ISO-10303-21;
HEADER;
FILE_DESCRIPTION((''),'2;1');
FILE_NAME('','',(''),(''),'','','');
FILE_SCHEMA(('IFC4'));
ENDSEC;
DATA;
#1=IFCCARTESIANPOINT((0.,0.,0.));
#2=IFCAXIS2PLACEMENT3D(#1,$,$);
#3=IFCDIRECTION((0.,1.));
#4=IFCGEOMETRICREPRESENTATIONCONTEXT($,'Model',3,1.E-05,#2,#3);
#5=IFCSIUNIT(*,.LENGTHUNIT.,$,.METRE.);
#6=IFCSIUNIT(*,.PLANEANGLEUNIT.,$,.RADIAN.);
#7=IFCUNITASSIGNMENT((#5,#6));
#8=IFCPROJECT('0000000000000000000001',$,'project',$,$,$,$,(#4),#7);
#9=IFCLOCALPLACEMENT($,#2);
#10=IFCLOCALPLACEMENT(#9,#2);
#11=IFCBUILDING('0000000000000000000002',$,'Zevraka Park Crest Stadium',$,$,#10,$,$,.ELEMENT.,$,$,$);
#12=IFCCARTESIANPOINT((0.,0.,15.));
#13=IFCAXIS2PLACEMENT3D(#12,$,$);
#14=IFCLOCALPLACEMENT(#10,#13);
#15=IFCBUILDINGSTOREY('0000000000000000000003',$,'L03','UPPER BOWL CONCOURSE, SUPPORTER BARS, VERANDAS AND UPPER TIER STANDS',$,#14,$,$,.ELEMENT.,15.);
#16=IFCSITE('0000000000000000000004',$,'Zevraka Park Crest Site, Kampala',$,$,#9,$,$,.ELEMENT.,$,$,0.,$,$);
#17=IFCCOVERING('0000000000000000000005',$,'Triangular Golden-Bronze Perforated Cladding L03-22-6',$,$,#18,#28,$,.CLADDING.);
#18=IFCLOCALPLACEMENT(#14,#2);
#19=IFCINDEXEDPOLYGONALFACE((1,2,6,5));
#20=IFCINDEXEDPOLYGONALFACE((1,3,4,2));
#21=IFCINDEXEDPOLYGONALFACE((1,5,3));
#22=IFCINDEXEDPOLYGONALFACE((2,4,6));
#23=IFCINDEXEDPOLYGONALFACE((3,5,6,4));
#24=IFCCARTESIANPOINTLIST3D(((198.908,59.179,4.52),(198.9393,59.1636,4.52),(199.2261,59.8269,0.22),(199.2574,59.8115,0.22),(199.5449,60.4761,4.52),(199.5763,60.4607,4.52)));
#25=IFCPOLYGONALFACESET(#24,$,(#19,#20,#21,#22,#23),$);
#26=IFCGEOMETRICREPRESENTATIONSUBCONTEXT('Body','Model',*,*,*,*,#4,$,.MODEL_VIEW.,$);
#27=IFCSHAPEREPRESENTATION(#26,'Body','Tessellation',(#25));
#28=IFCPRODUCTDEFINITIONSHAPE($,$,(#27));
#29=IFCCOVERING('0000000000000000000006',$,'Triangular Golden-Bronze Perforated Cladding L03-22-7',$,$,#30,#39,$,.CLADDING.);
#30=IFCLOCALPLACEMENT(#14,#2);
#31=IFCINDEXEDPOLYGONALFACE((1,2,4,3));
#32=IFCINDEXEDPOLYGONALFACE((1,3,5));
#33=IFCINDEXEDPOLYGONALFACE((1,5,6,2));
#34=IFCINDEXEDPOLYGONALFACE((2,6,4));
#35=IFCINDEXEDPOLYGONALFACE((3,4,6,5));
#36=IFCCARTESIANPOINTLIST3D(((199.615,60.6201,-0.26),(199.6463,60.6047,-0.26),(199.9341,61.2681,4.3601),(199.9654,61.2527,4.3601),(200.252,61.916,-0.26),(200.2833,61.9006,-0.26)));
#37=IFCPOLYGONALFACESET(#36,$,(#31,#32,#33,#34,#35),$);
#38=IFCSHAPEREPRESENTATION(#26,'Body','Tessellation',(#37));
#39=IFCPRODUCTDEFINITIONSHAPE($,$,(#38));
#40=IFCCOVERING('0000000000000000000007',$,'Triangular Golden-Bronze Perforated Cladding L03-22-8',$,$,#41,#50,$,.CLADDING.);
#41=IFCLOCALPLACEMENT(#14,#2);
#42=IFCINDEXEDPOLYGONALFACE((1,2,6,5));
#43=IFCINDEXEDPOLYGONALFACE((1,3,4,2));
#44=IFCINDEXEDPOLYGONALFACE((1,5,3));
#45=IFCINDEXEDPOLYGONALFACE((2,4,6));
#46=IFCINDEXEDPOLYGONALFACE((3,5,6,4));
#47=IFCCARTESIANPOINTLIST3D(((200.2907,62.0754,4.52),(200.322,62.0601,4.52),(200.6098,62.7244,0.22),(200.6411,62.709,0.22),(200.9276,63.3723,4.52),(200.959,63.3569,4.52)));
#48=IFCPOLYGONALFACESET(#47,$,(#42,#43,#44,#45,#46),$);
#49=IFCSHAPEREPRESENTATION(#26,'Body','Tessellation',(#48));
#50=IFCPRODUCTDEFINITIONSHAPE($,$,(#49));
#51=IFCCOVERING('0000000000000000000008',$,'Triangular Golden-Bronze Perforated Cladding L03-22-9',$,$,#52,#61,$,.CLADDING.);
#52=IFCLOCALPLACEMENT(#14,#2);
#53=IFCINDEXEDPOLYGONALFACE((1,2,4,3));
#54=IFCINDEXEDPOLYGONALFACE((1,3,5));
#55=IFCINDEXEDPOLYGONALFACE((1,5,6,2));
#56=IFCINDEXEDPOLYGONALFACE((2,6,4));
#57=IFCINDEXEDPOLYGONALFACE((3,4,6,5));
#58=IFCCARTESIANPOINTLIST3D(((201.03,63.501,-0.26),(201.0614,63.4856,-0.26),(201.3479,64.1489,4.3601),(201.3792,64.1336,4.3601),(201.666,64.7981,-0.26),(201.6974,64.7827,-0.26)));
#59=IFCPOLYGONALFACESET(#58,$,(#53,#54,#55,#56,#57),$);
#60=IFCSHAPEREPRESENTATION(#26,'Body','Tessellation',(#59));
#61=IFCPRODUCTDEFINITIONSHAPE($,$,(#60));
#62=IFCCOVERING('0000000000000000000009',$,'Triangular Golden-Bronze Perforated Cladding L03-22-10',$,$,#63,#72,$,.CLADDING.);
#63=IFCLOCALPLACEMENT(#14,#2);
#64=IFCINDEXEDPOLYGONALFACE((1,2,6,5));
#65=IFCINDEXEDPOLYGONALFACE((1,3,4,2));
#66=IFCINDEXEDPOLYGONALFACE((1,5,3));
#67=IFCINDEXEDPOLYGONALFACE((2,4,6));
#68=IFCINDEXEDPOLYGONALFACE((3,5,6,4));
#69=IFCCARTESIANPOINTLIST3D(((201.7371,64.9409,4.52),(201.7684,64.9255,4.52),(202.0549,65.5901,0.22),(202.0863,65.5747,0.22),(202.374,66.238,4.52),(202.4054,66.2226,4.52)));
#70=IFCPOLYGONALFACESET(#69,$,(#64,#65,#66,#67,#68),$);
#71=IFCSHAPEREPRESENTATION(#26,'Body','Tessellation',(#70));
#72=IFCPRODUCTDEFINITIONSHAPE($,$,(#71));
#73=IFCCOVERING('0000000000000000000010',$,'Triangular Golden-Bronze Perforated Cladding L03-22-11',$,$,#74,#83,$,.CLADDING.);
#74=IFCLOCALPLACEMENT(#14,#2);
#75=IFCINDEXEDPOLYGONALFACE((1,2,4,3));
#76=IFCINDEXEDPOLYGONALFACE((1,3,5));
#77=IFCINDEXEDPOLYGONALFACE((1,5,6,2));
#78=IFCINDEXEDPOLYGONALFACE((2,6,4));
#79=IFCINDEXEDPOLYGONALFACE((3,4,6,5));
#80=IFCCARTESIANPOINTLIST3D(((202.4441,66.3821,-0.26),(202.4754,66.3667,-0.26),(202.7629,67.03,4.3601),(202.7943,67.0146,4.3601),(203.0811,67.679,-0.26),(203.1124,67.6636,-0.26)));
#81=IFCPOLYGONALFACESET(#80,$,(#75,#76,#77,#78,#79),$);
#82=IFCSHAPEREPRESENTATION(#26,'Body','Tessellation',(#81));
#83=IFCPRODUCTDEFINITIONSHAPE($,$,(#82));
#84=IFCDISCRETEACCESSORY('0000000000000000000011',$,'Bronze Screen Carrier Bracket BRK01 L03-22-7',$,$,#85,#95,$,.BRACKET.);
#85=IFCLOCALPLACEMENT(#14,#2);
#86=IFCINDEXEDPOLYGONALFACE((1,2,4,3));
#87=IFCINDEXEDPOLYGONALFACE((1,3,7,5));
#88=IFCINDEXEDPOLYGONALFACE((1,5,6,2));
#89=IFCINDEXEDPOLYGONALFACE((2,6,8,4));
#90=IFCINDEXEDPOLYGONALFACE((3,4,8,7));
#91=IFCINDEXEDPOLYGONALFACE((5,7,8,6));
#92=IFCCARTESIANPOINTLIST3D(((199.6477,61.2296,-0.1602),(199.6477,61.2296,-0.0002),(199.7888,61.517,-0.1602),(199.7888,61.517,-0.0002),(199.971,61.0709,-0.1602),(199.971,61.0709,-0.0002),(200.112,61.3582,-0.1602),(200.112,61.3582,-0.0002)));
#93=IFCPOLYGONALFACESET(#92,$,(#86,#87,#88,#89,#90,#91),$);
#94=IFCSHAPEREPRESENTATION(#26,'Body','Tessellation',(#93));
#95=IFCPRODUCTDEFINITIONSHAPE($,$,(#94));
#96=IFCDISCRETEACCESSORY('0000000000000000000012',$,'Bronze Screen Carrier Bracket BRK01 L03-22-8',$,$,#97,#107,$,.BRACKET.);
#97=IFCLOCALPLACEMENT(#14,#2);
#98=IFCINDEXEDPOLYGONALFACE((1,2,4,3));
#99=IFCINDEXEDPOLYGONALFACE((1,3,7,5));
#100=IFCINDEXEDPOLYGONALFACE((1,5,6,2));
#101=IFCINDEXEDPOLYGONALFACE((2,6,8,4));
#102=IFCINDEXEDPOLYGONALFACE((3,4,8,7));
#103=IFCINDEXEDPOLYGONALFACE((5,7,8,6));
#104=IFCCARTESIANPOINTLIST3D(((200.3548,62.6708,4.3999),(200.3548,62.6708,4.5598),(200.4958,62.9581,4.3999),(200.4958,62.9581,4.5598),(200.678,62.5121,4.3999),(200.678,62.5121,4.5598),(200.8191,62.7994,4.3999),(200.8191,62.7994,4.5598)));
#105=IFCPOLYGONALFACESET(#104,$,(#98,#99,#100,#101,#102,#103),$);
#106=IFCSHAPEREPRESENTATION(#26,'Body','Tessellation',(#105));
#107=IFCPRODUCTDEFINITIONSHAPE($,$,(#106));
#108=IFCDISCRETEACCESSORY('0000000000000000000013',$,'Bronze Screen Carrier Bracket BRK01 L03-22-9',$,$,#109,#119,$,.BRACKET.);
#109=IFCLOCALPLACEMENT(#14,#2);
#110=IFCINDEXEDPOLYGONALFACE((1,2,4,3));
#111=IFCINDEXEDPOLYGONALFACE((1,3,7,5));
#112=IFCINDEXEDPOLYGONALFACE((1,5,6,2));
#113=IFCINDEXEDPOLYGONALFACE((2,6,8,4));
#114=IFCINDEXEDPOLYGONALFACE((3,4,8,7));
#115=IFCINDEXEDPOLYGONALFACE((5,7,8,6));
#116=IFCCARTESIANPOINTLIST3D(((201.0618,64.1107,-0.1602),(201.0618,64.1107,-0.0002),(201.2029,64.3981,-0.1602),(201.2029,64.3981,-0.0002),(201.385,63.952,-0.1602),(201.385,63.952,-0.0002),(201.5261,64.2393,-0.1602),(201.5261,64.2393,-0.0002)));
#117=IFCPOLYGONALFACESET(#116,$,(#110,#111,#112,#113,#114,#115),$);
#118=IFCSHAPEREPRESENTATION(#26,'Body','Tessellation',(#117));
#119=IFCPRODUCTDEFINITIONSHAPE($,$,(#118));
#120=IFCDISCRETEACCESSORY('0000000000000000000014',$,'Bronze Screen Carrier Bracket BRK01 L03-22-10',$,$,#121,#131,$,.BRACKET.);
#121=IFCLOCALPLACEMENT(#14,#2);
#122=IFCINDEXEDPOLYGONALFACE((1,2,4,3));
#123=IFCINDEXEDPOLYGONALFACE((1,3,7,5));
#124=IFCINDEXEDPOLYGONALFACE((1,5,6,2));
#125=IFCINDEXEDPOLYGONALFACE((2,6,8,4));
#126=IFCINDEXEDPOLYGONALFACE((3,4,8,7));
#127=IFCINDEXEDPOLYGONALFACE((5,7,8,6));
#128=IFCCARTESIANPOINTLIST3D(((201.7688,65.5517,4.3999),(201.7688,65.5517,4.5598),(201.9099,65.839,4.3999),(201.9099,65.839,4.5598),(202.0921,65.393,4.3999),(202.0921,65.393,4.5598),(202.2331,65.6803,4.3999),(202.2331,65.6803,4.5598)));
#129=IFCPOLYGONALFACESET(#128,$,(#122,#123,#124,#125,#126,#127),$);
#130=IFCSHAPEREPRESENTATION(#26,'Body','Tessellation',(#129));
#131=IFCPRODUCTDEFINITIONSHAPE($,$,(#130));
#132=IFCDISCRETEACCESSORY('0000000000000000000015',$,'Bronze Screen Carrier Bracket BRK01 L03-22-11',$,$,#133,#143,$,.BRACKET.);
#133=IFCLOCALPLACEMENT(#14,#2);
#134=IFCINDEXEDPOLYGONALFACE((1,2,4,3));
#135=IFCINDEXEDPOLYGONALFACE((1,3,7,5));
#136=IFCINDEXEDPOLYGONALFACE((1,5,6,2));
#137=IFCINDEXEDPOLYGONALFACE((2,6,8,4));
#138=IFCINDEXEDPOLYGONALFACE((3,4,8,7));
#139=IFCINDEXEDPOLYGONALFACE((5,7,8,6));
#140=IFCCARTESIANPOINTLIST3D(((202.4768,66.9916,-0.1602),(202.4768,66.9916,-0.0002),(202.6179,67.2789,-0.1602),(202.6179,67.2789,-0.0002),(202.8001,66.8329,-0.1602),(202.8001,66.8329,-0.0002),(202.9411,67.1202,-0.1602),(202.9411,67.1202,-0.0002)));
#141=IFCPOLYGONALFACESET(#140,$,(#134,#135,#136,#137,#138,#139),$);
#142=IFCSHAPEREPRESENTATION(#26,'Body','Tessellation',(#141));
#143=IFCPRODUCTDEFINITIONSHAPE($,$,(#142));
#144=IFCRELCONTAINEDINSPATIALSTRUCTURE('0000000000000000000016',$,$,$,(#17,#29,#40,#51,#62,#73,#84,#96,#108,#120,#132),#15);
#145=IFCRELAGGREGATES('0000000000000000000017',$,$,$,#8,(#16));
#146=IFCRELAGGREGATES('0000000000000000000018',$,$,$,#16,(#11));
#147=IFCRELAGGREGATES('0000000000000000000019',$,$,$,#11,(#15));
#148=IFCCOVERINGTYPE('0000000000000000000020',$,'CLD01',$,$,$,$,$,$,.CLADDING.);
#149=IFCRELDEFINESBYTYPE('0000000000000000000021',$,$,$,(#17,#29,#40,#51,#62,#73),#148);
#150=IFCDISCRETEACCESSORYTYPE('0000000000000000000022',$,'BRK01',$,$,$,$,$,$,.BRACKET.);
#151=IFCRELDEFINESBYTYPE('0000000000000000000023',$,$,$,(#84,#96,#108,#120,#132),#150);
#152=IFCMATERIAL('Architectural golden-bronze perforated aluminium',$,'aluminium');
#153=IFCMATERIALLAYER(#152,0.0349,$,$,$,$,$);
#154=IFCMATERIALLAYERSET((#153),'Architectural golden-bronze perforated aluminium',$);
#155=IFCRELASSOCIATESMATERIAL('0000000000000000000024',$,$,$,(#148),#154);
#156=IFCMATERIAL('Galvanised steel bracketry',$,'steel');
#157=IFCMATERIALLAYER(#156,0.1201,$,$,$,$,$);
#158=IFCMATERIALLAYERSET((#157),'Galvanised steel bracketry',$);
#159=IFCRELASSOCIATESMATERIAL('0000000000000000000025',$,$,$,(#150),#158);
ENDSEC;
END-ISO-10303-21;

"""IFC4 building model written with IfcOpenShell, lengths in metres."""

from ifc_helpers import new_model, si_unit, direction, frame, origin, origin_2d, place, context, subcontext, project, spatial, polyline, rectangle, outline, extrude, material, layer, layer_set, type_object, element, save


model = new_model("IFC4")

# Units and contexts
model_context = context("Model", 3, precision=1e-05, world=origin(), true_north=direction((0.0, 1.0)))
body_context = subcontext(model_context, "Body", "Model", "MODEL_VIEW")
ifc_project = project(units=[si_unit("LENGTHUNIT", "METRE"), si_unit("PLANEANGLEUNIT", "RADIAN")], contexts=[model_context])

# Site, building, storey
site_placement = place(None, origin())
site = spatial("IfcSite", under=ifc_project, at=site_placement, Name="Zevraka Park Crest Site, Kampala", CompositionType="ELEMENT", RefElevation=0.0)
building_placement = place(site_placement, origin())
building = spatial("IfcBuilding", under=site, at=building_placement, Name="Zevraka Park Crest Stadium", CompositionType="ELEMENT")
storey_placement = place(building_placement, frame((0.0, 0.0, 15.0)))
storey = spatial("IfcBuildingStorey", under=building, at=storey_placement, Name="L03", Description="UPPER BOWL CONCOURSE, SUPPORTER BARS, VERANDAS AND UPPER TIER STANDS", CompositionType="ELEMENT", Elevation=15.0)

# Coverings
ifc_material_1 = material(Name="Architectural golden-bronze perforated aluminium", Category="aluminium")
ifc_layer_1 = layer(ifc_material_1, 0.0349)
ifc_layer_set_1 = layer_set([ifc_layer_1], Name="Architectural golden-bronze perforated aluminium")
covering_type = type_object("IfcCoveringType", Name="CLD01", PredefinedType="CLADDING", material=ifc_layer_set_1)
covering_1_placement = place(storey_placement, frame((199.5449, 60.4761, 4.52), z_axis=(-0.897614, 0.440782, 0.000014), x_axis=(-0.440782, -0.897614, 0.0)))
element("IfcCovering", 1, at=covering_1_placement, inside=storey, type_object=covering_type, Name="Triangular Golden-Bronze Perforated Cladding L03-22-6", PredefinedType="CLADDING", context=body_context, shape_type="SweptSolid", body=[
    extrude(outline(polyline([(0.0, 0.0), (1.4451, 0.0), (0.7232, -4.3), (0.0, 0.0)])), origin(), (0.0, 0.0, -1.0), 0.0349),
])
covering_2_placement = place(storey_placement, frame((199.615, 60.6201, -0.26), z_axis=(-0.89745, 0.441117, 0.000119), x_axis=(0.441117, 0.89745, 0.0)))
element("IfcCovering", 2, at=covering_2_placement, inside=storey, type_object=covering_type, Name="Triangular Golden-Bronze Perforated Cladding L03-22-7", PredefinedType="CLADDING", context=body_context, shape_type="SweptSolid", body=[
    extrude(outline(polyline([(0.0, 0.0), (1.444, 0.0), (0.7223, -4.6201), (0.0, 0.0)])), origin(), (0.0, 0.0, -1.0), 0.0349),
])
covering_3_placement = place(storey_placement, frame((200.959, 63.3569, 4.52), z_axis=(0.897581, -0.440849, 0.000077), x_axis=(-0.440849, -0.897581, 0.0)))
element("IfcCovering", 3, at=covering_3_placement, inside=storey, type_object=covering_type, Name="Triangular Golden-Bronze Perforated Cladding L03-22-8", PredefinedType="CLADDING", context=body_context, shape_type="SweptSolid", body=[
    extrude(outline(polyline([(0.0, 0.0), (1.4449, 0.0), (0.7217, 4.3), (0.0, 0.0)])), origin(), (0.0, 0.0, -1.0), 0.0349),
])
covering_4_placement = place(storey_placement, frame((201.03, 63.501, -0.26), z_axis=(-0.897881, 0.440237, 0.000034), x_axis=(0.440237, 0.897881, 0.0)))
element("IfcCovering", 4, at=covering_4_placement, inside=storey, type_object=covering_type, Name="Triangular Golden-Bronze Perforated Cladding L03-22-9", PredefinedType="CLADDING", context=body_context, shape_type="SweptSolid", body=[
    extrude(outline(polyline([(0.0, 0.0), (1.4446, 0.0), (0.7217, -4.6201), (0.0, 0.0)])), origin(), (0.0, 0.0, -1.0), 0.0349),
])
covering_5_placement = place(storey_placement, frame((202.374, 66.238, 4.52), z_axis=(-0.897614, 0.440782, 0.00019), x_axis=(-0.440782, -0.897614, 0.0)))
element("IfcCovering", 5, at=covering_5_placement, inside=storey, type_object=covering_type, Name="Triangular Golden-Bronze Perforated Cladding L03-22-10", PredefinedType="CLADDING", context=body_context, shape_type="SweptSolid", body=[
    extrude(outline(polyline([(0.0, 0.0), (1.4451, 0.0), (0.7223, -4.3), (0.0, 0.0)])), origin(), (0.0, 0.0, -1.0), 0.0349),
])
covering_6_placement = place(storey_placement, frame((202.4441, 66.3821, -0.26), z_axis=(-0.897581, 0.440849, 0.000118), x_axis=(0.440849, 0.897581, 0.0)))
element("IfcCovering", 6, at=covering_6_placement, inside=storey, type_object=covering_type, Name="Triangular Golden-Bronze Perforated Cladding L03-22-11", PredefinedType="CLADDING", context=body_context, shape_type="SweptSolid", body=[
    extrude(outline(polyline([(0.0, 0.0), (1.4449, 0.0), (0.7222, -4.6201), (0.0, 0.0)])), origin(), (0.0, 0.0, -1.0), 0.0349),
])

# Discrete accessories
ifc_material_2 = material(Name="Galvanised steel bracketry", Category="steel")
ifc_layer_2 = layer(ifc_material_2, 0.1201)
ifc_layer_set_2 = layer_set([ifc_layer_2], Name="Galvanised steel bracketry")
discrete_accessory_type = type_object("IfcDiscreteAccessoryType", Name="BRK01", PredefinedType="BRACKET", material=ifc_layer_set_2)
for number, where, z_axis, x_axis, name in (
    (7, (199.8799, 61.2939, -0.1602), (0.0, 0.0, 1.0), (0.440723, 0.897643, 0.0), "Bronze Screen Carrier Bracket BRK01 L03-22-7"),
    (8, (200.5869, 62.7351, 4.3999), (0.0, 0.0, 1.0), (0.440723, 0.897643, 0.0), "Bronze Screen Carrier Bracket BRK01 L03-22-8"),
    (9, (201.2939, 64.175, -0.1602), (0.0, 0.0, 1.0), (0.440723, 0.897643, 0.0), "Bronze Screen Carrier Bracket BRK01 L03-22-9"),
    (10, (202.001, 65.616, 4.3999), (0.0, 0.0, 1.0), (0.440723, 0.897643, 0.0), "Bronze Screen Carrier Bracket BRK01 L03-22-10"),
    (11, (202.709, 67.0559, -0.1602), (0.0, 0.0, 1.0), (0.440723, 0.897643, 0.0), "Bronze Screen Carrier Bracket BRK01 L03-22-11"),
):
    element("IfcDiscreteAccessory", number, at=place(storey_placement, frame(where, z_axis=z_axis, x_axis=x_axis)), inside=storey, type_object=discrete_accessory_type, Name=name, PredefinedType="BRACKET", context=body_context, shape_type="SweptSolid", body=[
        extrude(rectangle(XDim=0.3201, YDim=0.3601, at=origin_2d()), origin(), (0.0, 0.0, 1.0), 0.1599),
    ])

save(model, "model.ifc")
